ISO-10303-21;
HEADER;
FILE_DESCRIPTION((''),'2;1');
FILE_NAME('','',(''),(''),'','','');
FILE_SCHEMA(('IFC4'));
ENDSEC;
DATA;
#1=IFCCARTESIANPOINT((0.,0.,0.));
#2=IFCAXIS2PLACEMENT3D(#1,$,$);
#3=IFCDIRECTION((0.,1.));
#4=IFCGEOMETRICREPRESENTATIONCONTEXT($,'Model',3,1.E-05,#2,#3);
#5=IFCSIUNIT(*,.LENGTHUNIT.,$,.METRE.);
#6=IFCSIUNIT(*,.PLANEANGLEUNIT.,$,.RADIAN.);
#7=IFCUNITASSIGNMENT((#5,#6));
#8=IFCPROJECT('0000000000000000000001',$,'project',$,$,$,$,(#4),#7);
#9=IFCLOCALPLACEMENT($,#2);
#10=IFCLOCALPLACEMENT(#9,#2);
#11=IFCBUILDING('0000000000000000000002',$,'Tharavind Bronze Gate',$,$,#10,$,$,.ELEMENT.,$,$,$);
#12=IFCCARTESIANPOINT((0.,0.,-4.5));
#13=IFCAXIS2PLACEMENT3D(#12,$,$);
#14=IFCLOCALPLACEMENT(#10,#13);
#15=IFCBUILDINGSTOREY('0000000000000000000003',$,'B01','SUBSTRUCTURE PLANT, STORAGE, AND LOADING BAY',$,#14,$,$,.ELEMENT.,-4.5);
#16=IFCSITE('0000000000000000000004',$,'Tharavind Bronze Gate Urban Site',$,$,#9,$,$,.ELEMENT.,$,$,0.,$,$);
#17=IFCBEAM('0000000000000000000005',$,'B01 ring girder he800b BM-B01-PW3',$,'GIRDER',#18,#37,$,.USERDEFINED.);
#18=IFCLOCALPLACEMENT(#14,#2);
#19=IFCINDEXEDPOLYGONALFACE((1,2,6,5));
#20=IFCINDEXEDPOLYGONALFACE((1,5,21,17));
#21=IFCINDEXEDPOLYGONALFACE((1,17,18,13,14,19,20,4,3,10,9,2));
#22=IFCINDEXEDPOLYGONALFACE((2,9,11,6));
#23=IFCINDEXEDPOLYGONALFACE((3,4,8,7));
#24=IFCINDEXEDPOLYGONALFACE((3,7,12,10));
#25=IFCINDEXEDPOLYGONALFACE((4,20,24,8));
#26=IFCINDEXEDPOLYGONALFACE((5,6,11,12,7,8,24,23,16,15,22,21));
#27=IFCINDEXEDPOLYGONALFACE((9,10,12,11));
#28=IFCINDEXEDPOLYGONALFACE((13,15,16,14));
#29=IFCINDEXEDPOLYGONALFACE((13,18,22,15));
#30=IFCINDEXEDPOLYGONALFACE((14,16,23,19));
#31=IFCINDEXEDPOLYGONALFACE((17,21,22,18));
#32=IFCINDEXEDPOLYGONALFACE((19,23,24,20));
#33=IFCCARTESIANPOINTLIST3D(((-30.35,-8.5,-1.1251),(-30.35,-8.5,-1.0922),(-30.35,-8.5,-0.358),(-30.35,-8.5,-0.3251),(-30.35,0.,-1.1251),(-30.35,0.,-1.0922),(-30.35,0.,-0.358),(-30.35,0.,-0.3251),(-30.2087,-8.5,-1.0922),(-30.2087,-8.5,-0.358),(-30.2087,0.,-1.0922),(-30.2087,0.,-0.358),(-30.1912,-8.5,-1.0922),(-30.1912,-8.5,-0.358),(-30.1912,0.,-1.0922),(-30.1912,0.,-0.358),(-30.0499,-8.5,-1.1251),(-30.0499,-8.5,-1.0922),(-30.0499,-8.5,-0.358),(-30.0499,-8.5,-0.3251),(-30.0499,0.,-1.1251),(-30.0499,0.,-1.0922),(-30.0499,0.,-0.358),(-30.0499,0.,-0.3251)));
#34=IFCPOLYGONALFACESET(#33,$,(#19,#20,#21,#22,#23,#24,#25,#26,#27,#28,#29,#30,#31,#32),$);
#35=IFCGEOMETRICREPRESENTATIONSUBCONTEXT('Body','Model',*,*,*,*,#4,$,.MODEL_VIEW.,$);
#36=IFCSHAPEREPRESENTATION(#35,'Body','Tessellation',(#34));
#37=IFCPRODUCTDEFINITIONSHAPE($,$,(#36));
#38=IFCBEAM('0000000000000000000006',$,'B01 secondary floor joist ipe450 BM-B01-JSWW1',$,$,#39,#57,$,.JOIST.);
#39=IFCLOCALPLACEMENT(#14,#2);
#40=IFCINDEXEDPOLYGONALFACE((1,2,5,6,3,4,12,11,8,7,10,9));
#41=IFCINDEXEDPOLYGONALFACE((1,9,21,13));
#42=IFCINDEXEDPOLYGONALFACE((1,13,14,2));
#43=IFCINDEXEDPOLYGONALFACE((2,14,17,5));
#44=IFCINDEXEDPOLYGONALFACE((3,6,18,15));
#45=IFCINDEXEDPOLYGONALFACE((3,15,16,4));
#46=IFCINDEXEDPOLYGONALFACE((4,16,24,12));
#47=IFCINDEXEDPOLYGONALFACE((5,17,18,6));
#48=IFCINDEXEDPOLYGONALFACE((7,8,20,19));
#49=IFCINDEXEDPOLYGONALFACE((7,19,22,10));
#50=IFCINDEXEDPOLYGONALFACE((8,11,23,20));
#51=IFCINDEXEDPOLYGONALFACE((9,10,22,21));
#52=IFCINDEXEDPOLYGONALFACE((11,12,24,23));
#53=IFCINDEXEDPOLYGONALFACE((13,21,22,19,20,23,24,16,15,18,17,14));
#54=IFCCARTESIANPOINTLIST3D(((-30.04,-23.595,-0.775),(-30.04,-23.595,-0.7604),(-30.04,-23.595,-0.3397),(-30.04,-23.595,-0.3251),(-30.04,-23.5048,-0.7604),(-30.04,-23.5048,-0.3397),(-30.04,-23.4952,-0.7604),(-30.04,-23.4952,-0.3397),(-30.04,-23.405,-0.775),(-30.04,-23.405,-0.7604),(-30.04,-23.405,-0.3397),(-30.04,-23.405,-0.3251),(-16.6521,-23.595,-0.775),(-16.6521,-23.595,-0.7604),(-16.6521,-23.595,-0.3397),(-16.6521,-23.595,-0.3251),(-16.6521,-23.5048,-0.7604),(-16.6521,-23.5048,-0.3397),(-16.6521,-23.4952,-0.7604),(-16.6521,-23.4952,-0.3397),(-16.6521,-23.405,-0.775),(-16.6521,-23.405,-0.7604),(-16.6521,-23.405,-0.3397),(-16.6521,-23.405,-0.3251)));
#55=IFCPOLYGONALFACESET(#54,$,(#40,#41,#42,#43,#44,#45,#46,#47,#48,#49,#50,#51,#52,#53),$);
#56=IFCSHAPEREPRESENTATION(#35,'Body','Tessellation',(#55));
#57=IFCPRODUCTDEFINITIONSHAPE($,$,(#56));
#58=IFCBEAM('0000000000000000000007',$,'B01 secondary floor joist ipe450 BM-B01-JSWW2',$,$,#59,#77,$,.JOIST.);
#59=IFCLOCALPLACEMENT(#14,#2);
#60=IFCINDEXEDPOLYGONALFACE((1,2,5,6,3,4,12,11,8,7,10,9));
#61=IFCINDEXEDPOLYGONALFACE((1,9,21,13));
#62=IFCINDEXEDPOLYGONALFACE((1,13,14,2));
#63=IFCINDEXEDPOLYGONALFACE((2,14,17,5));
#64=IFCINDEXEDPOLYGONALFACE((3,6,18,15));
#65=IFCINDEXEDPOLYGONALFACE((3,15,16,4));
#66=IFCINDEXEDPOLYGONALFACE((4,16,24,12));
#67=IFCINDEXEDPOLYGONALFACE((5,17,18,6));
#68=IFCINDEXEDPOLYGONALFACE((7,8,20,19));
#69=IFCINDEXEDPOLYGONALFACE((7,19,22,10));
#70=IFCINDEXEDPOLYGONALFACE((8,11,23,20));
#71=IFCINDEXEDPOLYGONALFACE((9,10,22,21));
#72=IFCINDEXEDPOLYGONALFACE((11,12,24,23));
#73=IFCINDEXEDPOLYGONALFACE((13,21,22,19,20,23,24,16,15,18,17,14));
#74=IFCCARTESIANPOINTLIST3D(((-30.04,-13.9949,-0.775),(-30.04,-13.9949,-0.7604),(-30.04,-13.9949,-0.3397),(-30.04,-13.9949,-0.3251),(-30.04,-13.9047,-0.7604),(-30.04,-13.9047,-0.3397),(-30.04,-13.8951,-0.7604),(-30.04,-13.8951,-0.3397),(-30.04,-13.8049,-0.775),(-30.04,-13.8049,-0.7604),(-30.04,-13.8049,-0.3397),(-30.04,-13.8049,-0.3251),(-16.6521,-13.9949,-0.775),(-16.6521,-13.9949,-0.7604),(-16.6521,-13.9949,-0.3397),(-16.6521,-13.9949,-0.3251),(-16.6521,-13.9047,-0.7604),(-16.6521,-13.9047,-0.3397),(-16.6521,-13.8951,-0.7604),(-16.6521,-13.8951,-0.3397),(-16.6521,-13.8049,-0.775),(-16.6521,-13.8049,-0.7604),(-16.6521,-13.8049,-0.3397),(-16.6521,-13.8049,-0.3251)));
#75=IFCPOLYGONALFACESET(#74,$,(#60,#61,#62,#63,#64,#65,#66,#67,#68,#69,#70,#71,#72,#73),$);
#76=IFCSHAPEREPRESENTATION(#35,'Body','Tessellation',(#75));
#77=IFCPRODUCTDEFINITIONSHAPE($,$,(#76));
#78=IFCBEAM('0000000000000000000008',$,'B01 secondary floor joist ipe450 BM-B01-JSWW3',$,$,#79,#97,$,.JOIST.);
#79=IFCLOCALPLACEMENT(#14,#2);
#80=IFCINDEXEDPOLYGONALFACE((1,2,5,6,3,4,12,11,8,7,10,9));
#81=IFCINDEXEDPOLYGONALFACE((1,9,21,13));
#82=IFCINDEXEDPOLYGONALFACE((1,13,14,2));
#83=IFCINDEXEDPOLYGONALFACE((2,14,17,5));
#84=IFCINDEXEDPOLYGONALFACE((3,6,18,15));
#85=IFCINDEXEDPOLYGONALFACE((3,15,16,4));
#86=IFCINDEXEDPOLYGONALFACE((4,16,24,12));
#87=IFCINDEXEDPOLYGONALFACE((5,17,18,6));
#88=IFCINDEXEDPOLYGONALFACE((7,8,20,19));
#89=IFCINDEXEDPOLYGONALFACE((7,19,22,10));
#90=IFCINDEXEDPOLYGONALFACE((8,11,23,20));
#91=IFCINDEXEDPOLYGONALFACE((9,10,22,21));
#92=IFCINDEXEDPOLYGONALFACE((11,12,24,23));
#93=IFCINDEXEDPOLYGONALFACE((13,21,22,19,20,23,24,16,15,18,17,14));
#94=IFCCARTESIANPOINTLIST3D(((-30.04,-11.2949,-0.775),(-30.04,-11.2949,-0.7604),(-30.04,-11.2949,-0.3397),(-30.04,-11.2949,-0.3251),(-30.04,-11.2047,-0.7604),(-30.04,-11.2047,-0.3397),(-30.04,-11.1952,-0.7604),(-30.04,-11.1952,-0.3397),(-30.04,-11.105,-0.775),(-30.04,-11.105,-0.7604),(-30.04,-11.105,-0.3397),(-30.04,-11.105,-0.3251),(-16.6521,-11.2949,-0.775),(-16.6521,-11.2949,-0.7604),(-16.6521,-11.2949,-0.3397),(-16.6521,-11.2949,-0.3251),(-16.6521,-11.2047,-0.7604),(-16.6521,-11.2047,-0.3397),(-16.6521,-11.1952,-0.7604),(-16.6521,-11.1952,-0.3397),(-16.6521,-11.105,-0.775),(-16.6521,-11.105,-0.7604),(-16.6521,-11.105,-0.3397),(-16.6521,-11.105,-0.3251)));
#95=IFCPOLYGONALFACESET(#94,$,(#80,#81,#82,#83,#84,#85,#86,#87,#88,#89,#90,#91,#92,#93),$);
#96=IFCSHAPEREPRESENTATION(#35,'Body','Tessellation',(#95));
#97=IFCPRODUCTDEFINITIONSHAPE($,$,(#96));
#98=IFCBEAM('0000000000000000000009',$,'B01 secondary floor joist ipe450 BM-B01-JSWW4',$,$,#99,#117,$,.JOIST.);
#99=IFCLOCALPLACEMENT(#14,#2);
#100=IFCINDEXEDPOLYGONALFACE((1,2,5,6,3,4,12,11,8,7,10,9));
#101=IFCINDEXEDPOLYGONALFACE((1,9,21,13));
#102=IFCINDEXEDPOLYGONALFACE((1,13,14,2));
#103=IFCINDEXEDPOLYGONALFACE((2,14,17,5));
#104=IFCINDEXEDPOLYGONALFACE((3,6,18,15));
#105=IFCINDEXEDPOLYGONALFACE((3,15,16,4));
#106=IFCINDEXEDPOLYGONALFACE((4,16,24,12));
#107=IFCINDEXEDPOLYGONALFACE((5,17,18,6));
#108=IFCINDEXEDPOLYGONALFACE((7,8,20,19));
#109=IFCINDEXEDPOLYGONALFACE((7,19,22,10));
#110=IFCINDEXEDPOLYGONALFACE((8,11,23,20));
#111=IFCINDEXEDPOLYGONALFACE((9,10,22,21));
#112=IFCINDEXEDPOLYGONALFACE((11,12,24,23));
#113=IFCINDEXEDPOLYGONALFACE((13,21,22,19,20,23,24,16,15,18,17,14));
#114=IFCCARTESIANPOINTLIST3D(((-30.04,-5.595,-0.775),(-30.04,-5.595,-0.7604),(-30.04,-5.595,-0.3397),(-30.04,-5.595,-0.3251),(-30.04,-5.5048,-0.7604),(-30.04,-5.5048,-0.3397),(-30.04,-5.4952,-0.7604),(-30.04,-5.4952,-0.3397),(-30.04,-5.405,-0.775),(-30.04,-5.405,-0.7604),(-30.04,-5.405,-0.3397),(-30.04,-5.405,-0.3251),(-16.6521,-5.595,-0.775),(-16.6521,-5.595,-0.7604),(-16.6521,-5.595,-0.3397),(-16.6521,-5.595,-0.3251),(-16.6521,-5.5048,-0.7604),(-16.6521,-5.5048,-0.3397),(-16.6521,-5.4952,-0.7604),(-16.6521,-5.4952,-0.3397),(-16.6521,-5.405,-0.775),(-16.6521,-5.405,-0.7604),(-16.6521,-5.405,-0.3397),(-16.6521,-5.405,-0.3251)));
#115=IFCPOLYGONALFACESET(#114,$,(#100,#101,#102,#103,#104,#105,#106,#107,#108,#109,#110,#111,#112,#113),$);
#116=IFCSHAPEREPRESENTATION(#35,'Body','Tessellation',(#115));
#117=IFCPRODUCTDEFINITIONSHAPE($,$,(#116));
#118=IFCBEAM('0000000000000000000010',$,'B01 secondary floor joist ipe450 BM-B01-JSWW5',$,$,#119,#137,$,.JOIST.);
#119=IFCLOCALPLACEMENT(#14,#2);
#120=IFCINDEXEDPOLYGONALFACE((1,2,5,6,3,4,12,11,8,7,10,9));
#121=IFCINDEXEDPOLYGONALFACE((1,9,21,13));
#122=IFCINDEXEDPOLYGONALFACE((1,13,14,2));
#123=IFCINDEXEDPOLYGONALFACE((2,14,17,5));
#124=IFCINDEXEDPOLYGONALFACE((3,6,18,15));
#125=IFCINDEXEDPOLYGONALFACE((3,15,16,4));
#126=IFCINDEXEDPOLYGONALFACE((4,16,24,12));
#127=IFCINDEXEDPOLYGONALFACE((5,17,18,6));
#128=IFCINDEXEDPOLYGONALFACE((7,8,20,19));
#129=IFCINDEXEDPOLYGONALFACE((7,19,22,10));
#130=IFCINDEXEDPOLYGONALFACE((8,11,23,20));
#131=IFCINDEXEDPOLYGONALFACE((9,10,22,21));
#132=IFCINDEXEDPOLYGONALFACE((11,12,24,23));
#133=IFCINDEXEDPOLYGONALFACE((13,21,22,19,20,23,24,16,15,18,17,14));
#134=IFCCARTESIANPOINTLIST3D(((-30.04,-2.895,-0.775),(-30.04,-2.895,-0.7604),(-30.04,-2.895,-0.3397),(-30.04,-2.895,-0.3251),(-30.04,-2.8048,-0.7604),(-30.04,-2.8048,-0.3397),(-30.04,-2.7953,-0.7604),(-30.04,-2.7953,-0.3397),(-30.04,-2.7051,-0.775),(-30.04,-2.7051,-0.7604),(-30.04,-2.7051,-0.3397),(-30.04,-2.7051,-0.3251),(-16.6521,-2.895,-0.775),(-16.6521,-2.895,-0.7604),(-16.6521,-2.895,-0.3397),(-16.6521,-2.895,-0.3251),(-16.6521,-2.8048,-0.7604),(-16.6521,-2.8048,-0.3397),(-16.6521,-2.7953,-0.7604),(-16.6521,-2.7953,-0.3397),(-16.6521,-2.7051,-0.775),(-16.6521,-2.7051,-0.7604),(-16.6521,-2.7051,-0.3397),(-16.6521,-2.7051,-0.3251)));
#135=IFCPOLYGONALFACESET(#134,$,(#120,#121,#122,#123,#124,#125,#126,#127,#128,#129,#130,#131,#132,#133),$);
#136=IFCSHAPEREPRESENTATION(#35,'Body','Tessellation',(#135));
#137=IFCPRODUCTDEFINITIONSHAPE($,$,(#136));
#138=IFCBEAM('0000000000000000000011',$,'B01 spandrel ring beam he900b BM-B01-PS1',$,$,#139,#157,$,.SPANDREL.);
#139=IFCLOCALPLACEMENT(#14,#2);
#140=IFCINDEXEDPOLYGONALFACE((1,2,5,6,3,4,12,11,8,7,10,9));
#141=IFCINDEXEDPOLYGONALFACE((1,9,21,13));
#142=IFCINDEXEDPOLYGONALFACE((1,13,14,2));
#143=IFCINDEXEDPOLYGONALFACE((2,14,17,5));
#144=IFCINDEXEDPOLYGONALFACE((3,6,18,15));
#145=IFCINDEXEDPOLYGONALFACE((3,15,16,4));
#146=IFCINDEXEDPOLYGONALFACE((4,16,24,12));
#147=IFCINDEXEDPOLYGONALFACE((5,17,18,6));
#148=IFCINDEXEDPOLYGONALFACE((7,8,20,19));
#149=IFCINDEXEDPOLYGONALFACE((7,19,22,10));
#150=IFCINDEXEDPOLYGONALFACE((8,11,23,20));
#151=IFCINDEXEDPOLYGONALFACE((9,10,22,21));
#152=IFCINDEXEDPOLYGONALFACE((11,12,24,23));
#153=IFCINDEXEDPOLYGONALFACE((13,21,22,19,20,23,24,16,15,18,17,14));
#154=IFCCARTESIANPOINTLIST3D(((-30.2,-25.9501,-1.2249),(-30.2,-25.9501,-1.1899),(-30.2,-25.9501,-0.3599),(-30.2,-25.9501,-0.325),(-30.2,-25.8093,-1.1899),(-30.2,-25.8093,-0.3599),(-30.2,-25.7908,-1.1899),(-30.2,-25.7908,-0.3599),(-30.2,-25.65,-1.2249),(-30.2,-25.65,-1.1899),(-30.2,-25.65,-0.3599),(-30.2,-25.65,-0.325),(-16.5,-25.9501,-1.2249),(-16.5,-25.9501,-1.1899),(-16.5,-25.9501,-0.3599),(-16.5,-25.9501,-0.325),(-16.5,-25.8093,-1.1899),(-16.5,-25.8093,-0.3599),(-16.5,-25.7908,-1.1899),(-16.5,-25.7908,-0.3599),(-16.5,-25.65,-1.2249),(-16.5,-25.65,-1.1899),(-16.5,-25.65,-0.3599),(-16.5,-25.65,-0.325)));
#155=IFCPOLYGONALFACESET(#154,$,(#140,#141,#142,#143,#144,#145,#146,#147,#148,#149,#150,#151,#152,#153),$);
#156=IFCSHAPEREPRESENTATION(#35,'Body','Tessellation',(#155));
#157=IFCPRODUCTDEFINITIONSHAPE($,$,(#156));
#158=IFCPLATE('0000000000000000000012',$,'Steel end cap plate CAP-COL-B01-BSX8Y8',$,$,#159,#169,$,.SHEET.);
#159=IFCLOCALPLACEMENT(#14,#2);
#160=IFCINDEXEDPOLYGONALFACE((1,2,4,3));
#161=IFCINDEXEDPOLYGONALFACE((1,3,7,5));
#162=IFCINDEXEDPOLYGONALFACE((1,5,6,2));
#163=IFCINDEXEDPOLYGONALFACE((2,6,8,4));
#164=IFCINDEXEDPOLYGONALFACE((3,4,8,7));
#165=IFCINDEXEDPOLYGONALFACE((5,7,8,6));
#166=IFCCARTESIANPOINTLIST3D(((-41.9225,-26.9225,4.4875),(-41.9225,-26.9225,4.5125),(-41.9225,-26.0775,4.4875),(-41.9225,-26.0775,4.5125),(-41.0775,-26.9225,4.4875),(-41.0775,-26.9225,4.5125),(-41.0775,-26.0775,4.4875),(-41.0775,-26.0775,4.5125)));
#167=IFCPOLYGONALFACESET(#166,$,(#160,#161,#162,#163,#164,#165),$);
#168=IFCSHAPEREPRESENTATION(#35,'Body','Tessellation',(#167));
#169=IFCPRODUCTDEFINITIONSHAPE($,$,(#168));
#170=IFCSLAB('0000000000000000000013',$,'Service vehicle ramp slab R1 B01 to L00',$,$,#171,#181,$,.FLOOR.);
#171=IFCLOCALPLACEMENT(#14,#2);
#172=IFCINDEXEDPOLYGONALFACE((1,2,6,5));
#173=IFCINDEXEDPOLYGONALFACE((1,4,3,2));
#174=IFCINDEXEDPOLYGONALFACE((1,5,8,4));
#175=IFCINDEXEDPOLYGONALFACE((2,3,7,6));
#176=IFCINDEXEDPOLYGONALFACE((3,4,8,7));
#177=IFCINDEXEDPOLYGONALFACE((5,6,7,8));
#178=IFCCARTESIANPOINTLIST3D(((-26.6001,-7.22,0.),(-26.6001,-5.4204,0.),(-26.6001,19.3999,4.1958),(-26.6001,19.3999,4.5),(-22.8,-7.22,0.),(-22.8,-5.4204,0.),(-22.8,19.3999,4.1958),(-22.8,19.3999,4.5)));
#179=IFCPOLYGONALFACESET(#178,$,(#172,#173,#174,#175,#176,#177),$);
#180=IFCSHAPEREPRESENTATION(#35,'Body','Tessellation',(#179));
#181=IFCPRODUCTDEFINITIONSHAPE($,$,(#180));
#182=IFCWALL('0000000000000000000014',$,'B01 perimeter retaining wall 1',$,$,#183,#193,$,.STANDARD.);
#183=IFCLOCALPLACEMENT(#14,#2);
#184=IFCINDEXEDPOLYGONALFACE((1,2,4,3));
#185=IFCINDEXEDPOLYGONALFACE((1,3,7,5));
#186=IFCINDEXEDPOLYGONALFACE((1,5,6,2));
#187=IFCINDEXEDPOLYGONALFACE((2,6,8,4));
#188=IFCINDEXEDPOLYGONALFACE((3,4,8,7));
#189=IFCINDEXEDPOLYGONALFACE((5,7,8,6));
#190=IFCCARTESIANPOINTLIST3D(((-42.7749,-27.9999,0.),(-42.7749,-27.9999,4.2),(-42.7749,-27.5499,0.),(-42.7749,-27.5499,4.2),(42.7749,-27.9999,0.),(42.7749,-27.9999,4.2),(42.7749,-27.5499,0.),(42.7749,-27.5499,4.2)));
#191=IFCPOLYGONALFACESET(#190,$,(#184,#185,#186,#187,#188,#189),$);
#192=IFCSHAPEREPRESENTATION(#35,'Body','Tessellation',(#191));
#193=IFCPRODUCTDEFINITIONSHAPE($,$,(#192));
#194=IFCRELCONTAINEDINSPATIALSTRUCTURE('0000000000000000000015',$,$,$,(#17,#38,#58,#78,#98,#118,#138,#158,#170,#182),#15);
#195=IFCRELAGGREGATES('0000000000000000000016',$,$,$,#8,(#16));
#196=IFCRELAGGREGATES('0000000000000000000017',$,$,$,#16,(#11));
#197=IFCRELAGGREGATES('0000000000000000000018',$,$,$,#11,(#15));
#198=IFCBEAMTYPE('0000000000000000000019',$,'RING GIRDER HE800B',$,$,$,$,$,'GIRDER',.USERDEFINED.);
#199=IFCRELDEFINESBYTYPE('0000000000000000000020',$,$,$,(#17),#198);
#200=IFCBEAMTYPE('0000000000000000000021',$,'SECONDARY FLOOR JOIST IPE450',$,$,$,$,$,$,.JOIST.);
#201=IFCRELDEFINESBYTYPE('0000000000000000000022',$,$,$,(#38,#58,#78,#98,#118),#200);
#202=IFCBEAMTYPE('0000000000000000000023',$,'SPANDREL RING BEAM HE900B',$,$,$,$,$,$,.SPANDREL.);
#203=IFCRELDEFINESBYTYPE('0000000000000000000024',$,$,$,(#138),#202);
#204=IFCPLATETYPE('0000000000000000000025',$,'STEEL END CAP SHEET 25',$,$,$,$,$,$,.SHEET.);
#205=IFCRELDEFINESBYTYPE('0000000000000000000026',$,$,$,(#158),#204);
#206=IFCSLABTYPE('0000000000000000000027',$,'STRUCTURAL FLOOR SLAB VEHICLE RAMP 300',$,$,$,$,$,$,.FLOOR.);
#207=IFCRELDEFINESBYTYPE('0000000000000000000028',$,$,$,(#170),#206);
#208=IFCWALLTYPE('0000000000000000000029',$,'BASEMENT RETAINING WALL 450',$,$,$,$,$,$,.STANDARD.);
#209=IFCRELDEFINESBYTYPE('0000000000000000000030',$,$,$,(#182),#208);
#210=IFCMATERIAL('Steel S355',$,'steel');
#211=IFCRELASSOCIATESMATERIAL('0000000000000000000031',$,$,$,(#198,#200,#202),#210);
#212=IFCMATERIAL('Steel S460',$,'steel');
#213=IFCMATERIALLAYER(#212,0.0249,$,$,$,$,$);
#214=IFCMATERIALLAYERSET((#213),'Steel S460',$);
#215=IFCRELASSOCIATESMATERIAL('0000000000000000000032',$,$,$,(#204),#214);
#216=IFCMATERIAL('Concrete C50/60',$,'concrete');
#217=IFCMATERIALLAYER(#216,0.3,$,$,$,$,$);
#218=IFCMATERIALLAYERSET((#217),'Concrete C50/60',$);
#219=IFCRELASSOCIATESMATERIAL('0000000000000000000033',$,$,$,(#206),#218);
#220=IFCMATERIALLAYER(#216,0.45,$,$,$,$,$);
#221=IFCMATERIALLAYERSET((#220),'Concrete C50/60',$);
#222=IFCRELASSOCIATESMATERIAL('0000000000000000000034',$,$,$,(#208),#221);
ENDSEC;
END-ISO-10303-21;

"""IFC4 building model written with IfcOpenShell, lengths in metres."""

from ifc_helpers import new_model, si_unit, direction, frame, frame_2d, origin, origin_2d, place, context, subcontext, project, spatial, polyline, rectangle, i_section, outline, extrude, material, layer, layer_set, material_profile, profile_set, type_object, element, save


model = new_model("IFC4")

# Units and contexts
model_context = context("Model", 3, precision=1e-05, world=origin(), true_north=direction((0.0, 1.0)))
body_context = subcontext(model_context, "Body", "Model", "MODEL_VIEW")
ifc_project = project(units=[si_unit("LENGTHUNIT", "METRE"), si_unit("PLANEANGLEUNIT", "RADIAN")], contexts=[model_context])

# Site, building, storey
site_placement = place(None, origin())
site = spatial("IfcSite", under=ifc_project, at=site_placement, Name="Tharavind Bronze Gate Urban Site", CompositionType="ELEMENT", RefElevation=0.0)
building_placement = place(site_placement, origin())
building = spatial("IfcBuilding", under=site, at=building_placement, Name="Tharavind Bronze Gate", CompositionType="ELEMENT")
storey_placement = place(building_placement, frame((0.0, 0.0, -4.5)))
storey = spatial("IfcBuildingStorey", under=building, at=storey_placement, Name="B01", Description="SUBSTRUCTURE PLANT, STORAGE, AND LOADING BAY", CompositionType="ELEMENT", Elevation=-4.5)

# Shared definitions
ifc_material_1 = material(Name="Steel S460", Category="steel")

# Beams
ifc_material_2 = material(Name="Steel S355", Category="steel")
ifc_material_profile_1 = material_profile(ifc_material_2, i_section(OverallWidth=0.3, OverallDepth=0.8, WebThickness=0.0176, FlangeThickness=0.033, at=origin_2d()), Name="HE800B")
ifc_profile_set_1 = profile_set([ifc_material_profile_1], Name="Steel S355")
beam_type_1 = type_object("IfcBeamType", Name="RING GIRDER HE800B", ElementType="GIRDER", PredefinedType="USERDEFINED", material=ifc_profile_set_1)
beam_1_placement = place(storey_placement, frame((-30.2, -8.5, -0.7251), z_axis=(0.0, 1.0, 0.0), x_axis=(-1.0, 0.0, 0.0)))
element("IfcBeam", 1, at=beam_1_placement, inside=storey, type_object=beam_type_1, Name="B01 ring girder he800b BM-B01-PW3", ObjectType="GIRDER", PredefinedType="USERDEFINED", context=body_context, shape_type="SweptSolid", body=[
    extrude(i_section(OverallWidth=0.3, OverallDepth=0.8, WebThickness=0.0176, FlangeThickness=0.033, at=origin_2d()), origin(), (0.0, 0.0, 1.0), 8.5),
])
ifc_material_profile_2 = material_profile(ifc_material_2, i_section(OverallWidth=0.1899, OverallDepth=0.45, WebThickness=0.0095, FlangeThickness=0.0146, at=origin_2d()), Name="IPE450")
ifc_profile_set_2 = profile_set([ifc_material_profile_2], Name="Steel S355")
beam_type_2 = type_object("IfcBeamType", Name="SECONDARY FLOOR JOIST IPE450", PredefinedType="JOIST", material=ifc_profile_set_2)
for number, where, z_axis, x_axis, name in (
    (2, (-30.04, -23.5, -0.55), (1.0, 0.0, 0.0), (0.0, 1.0, 0.0), "B01 secondary floor joist ipe450 BM-B01-JSWW1"),
    (3, (-30.04, -13.8999, -0.55), (1.0, 0.0, 0.0), (0.0, 1.0, 0.0), "B01 secondary floor joist ipe450 BM-B01-JSWW2"),
    (4, (-30.04, -11.2, -0.55), (1.0, 0.0, 0.0), (0.0, 1.0, 0.0), "B01 secondary floor joist ipe450 BM-B01-JSWW3"),
    (5, (-30.04, -5.5, -0.55), (1.0, 0.0, 0.0), (0.0, 1.0, 0.0), "B01 secondary floor joist ipe450 BM-B01-JSWW4"),
    (6, (-30.04, -2.8, -0.55), (1.0, 0.0, 0.0), (0.0, 1.0, 0.0), "B01 secondary floor joist ipe450 BM-B01-JSWW5"),
):
    element("IfcBeam", number, at=place(storey_placement, frame(where, z_axis=z_axis, x_axis=x_axis)), inside=storey, type_object=beam_type_2, Name=name, PredefinedType="JOIST", context=body_context, shape_type="SweptSolid", body=[
        extrude(i_section(OverallWidth=0.1899, OverallDepth=0.45, WebThickness=0.0095, FlangeThickness=0.0146, at=origin_2d()), origin(), (0.0, 0.0, 1.0), 13.3879),
    ])
ifc_material_profile_3 = material_profile(ifc_material_2, i_section(OverallWidth=0.3, OverallDepth=0.8999, WebThickness=0.0186, FlangeThickness=0.0349, at=origin_2d()), Name="HE900B")
ifc_profile_set_3 = profile_set([ifc_material_profile_3], Name="Steel S355")
beam_type_3 = type_object("IfcBeamType", Name="SPANDREL RING BEAM HE900B", PredefinedType="SPANDREL", material=ifc_profile_set_3)
beam_2_placement = place(storey_placement, frame((-30.2, -25.8, -0.7749), z_axis=(1.0, 0.0, 0.0), x_axis=(0.0, 1.0, 0.0)))
element("IfcBeam", 7, at=beam_2_placement, inside=storey, type_object=beam_type_3, Name="B01 spandrel ring beam he900b BM-B01-PS1", PredefinedType="SPANDREL", context=body_context, shape_type="SweptSolid", body=[
    extrude(i_section(OverallWidth=0.3, OverallDepth=0.8999, WebThickness=0.0186, FlangeThickness=0.0349, at=origin_2d()), origin(), (0.0, 0.0, 1.0), 13.7),
])

# Plate
ifc_layer_1 = layer(ifc_material_1, 0.0249)
ifc_layer_set_1 = layer_set([ifc_layer_1], Name="Steel S460")
plate_type = type_object("IfcPlateType", Name="STEEL END CAP SHEET 25", PredefinedType="SHEET", material=ifc_layer_set_1)
plate_placement = place(storey_placement, frame((-41.5, -26.5, 4.4875), z_axis=(0.0, 0.0, 1.0), x_axis=(1.0, 0.0, 0.0)))
element("IfcPlate", 8, at=plate_placement, inside=storey, type_object=plate_type, Name="Steel end cap plate CAP-COL-B01-BSX8Y8", PredefinedType="SHEET", context=body_context, shape_type="SweptSolid", body=[
    extrude(rectangle(XDim=0.845, YDim=0.845, at=origin_2d()), origin(), (0.0, 0.0, 1.0), 0.0249),
])

# Slab
ifc_material_3 = material(Name="Concrete C50/60", Category="concrete")
ifc_layer_2 = layer(ifc_material_3, 0.3)
ifc_layer_set_2 = layer_set([ifc_layer_2], Name="Concrete C50/60")
slab_type = type_object("IfcSlabType", Name="STRUCTURAL FLOOR SLAB VEHICLE RAMP 300", PredefinedType="FLOOR", material=ifc_layer_set_2)
slab_placement = place(storey_placement, frame((-24.7002, -7.22, 0.0), z_axis=(0.0, 0.0, 1.0), x_axis=(0.0, 1.0, 0.0)))
element("IfcSlab", 9, at=slab_placement, inside=storey, type_object=slab_type, Name="Service vehicle ramp slab R1 B01 to L00", PredefinedType="FLOOR", context=body_context, shape_type="SweptSolid", body=[
    extrude(outline(polyline([(0.0, 0.0), (1.7996, 0.0), (26.6199, 4.1958), (26.6199, 4.5), (0.0, 0.0)])), frame((0.0, 1.8999, 0.0), z_axis=(0.0, -1.0, 0.0), x_axis=(1.0, 0.0, 0.0)), (0.0, 0.0, 1.0), 3.8),
])

# Wall
ifc_layer_3 = layer(ifc_material_3, 0.45)
ifc_layer_set_3 = layer_set([ifc_layer_3], Name="Concrete C50/60")
wall_type_1 = type_object("IfcWallType", Name="BASEMENT RETAINING WALL 450", PredefinedType="STANDARD", material=ifc_layer_set_3)
wall_1_placement = place(storey_placement, frame((-42.7749, -27.7749, 0.0), z_axis=(0.0, 0.0, 1.0), x_axis=(1.0, 0.0, 0.0)))
element("IfcWall", 10, at=wall_1_placement, inside=storey, type_object=wall_type_1, Name="B01 perimeter retaining wall 1", PredefinedType="STANDARD", context=body_context, shape_type="SweptSolid", body=[
    extrude(rectangle(XDim=85.5498, YDim=0.45, at=frame_2d((42.7749, 0.0))), origin(), (0.0, 0.0, 1.0), 4.2),
])

save(model, "model.ifc")
